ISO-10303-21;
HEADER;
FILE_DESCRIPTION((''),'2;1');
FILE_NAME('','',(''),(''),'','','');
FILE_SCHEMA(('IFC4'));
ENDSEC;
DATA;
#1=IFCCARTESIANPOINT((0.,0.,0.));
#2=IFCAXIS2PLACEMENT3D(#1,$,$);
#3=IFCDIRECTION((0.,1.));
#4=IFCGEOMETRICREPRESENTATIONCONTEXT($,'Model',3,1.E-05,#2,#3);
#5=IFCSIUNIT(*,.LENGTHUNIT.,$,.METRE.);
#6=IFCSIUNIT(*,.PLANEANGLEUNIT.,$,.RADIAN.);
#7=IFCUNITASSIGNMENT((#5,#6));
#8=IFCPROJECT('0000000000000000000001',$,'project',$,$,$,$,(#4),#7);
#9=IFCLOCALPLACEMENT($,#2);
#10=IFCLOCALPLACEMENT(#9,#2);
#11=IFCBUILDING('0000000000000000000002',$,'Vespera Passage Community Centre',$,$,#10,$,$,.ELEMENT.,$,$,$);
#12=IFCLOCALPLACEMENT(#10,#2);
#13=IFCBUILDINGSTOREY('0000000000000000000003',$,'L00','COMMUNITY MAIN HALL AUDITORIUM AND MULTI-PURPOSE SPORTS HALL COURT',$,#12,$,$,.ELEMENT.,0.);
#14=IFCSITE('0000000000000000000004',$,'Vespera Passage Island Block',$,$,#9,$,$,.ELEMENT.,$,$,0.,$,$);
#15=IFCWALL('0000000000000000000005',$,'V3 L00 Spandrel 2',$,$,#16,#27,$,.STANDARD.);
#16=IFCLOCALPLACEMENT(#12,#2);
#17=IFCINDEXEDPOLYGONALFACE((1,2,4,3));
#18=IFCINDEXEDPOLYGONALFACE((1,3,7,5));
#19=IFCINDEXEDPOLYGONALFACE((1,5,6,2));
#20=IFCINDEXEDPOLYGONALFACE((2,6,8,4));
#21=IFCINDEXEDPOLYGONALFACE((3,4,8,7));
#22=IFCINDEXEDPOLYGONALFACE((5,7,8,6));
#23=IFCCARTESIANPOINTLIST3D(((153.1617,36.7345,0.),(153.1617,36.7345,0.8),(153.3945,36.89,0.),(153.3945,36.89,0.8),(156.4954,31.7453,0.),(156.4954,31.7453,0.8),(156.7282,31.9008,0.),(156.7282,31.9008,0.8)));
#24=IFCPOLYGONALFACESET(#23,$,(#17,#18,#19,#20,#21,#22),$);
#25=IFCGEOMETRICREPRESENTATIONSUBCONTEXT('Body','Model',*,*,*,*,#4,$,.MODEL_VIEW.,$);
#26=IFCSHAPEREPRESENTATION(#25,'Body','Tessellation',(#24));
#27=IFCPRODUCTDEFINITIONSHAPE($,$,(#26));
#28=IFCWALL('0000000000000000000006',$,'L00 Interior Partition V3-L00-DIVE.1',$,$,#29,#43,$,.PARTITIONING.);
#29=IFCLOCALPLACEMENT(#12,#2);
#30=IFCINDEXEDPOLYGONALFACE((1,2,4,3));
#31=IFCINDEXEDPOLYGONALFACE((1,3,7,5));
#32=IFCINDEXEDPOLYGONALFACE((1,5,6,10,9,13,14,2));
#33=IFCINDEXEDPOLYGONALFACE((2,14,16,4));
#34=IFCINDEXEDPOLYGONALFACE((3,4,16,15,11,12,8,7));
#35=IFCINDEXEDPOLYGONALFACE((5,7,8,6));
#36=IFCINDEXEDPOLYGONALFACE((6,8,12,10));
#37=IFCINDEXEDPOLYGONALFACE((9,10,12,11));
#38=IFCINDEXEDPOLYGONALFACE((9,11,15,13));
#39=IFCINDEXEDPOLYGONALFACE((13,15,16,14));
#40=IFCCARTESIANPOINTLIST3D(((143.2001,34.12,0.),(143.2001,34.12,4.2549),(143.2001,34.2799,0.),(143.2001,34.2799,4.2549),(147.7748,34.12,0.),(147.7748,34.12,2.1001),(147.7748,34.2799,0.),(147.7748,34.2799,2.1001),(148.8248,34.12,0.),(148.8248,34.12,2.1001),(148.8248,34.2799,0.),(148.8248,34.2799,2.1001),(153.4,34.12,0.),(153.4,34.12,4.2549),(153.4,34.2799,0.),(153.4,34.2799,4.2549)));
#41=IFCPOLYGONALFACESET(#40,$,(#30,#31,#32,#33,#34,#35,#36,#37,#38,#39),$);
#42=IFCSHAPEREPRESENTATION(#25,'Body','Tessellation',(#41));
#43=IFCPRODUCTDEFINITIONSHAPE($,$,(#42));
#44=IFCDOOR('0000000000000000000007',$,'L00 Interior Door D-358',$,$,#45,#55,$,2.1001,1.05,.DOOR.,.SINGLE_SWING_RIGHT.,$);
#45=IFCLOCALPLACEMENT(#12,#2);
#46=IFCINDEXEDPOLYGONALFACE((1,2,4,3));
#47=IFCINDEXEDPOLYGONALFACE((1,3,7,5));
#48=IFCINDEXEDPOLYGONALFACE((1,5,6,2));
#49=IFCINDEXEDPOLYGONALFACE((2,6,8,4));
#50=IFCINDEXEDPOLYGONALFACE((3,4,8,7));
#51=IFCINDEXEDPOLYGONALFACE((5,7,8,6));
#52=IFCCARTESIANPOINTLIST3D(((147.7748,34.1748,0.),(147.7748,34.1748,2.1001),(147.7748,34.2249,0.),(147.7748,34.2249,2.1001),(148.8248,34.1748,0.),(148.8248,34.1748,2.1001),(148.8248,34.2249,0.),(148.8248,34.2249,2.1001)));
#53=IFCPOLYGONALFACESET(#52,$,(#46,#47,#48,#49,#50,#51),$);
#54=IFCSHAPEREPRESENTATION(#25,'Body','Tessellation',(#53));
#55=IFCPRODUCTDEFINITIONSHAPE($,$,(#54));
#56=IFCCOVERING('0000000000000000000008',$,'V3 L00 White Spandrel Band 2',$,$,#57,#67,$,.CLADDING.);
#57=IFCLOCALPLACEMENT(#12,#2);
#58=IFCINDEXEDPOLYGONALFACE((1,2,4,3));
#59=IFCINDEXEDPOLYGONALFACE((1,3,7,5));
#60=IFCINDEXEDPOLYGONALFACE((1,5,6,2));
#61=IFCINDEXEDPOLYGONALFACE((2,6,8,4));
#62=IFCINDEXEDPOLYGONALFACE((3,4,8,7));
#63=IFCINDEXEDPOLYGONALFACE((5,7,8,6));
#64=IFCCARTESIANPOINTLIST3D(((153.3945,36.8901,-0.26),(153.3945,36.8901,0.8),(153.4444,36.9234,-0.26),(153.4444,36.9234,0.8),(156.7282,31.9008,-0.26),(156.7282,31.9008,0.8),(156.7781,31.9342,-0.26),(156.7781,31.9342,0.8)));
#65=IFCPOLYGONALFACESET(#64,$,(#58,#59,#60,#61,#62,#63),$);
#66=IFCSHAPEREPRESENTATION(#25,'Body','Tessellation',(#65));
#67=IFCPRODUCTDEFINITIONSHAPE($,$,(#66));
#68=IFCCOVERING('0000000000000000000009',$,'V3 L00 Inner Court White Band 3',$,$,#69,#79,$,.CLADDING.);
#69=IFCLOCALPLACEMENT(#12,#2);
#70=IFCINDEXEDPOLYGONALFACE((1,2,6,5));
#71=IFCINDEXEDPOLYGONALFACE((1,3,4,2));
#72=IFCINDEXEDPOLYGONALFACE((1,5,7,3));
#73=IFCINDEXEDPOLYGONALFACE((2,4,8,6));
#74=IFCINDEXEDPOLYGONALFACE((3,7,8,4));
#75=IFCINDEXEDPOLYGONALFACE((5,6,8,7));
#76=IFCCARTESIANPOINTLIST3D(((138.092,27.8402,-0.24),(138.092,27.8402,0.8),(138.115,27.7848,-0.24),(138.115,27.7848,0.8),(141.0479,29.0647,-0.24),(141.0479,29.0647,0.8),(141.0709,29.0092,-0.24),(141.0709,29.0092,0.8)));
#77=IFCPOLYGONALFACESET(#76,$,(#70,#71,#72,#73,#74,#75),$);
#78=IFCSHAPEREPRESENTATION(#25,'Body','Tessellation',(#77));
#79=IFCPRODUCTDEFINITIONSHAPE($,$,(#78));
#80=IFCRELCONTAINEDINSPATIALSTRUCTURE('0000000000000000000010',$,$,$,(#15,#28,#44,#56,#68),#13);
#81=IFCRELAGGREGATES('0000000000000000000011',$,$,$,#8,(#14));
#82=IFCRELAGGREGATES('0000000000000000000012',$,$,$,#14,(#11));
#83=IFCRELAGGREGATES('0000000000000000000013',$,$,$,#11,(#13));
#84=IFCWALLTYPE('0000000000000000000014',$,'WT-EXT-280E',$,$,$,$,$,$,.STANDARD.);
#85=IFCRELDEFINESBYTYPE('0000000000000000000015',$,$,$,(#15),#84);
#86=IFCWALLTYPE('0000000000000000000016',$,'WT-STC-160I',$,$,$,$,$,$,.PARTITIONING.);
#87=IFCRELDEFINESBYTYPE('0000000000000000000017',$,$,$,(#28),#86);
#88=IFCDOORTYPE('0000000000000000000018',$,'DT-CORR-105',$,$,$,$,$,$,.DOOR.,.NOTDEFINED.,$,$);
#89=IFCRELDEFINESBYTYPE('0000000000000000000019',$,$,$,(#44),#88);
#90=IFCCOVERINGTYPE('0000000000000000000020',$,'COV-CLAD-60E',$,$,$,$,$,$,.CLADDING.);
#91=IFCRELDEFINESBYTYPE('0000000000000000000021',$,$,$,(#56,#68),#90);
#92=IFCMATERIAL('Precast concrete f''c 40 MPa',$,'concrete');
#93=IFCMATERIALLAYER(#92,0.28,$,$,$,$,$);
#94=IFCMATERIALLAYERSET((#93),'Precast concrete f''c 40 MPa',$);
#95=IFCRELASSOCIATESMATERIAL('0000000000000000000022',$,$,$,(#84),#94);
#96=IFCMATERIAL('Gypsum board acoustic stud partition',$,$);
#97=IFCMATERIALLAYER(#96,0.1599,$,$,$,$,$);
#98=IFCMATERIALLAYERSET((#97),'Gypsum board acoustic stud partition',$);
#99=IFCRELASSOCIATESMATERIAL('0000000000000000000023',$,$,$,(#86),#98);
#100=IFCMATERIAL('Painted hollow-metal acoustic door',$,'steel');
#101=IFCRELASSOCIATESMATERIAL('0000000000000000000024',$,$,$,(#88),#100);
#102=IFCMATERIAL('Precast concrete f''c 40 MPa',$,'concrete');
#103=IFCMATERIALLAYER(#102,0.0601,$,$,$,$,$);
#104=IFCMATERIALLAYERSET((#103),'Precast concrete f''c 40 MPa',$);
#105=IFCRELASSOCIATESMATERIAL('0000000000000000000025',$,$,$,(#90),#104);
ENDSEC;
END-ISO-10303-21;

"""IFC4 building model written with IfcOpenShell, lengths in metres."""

from ifc_helpers import new_model, si_unit, direction, frame, frame_2d, origin, place, context, subcontext, project, spatial, rectangle, extrude, material, layer, layer_set, type_object, element, fill, save


model = new_model("IFC4")

# Units and contexts
model_context = context("Model", 3, precision=1e-05, world=origin(), true_north=direction((0.0, 1.0)))
body_context = subcontext(model_context, "Body", "Model", "MODEL_VIEW")
ifc_project = project(units=[si_unit("LENGTHUNIT", "METRE"), si_unit("PLANEANGLEUNIT", "RADIAN")], contexts=[model_context])

# Site, building, storey
site_placement = place(None, origin())
site = spatial("IfcSite", under=ifc_project, at=site_placement, Name="Vespera Passage Island Block", CompositionType="ELEMENT", RefElevation=0.0)
building_placement = place(site_placement, origin())
building = spatial("IfcBuilding", under=site, at=building_placement, Name="Vespera Passage Community Centre", CompositionType="ELEMENT")
storey_placement = place(building_placement, origin())
storey = spatial("IfcBuildingStorey", under=building, at=storey_placement, Name="L00", Description="COMMUNITY MAIN HALL AUDITORIUM AND MULTI-PURPOSE SPORTS HALL COURT", CompositionType="ELEMENT", Elevation=0.0)

# Wall
ifc_material_1 = material(Name="Precast concrete f'c 40 MPa", Category="concrete")
ifc_layer_1 = layer(ifc_material_1, 0.28)
ifc_layer_set_1 = layer_set([ifc_layer_1], Name="Precast concrete f'c 40 MPa")
wall_type_1 = type_object("IfcWallType", Name="WT-EXT-280E", PredefinedType="STANDARD", material=ifc_layer_set_1)
wall_1_placement = place(storey_placement, frame((153.2781, 36.8123, 0.0), z_axis=(0.0, 0.0, 1.0), x_axis=(0.555573, -0.831468, 0.0)))
element("IfcWall", 1, at=wall_1_placement, inside=storey, type_object=wall_type_1, Name="V3 L00 Spandrel 2", PredefinedType="STANDARD", context=body_context, shape_type="SweptSolid", body=[
    extrude(rectangle(XDim=6.0005, YDim=0.28, at=frame_2d((3.0002, 0.0))), origin(), (0.0, 0.0, 1.0), 0.8),
])

# Wall, opening, door
ifc_material_2 = material(Name="Gypsum board acoustic stud partition")
ifc_layer_2 = layer(ifc_material_2, 0.1599)
ifc_layer_set_2 = layer_set([ifc_layer_2], Name="Gypsum board acoustic stud partition")
wall_type_2 = type_object("IfcWallType", Name="WT-STC-160I", PredefinedType="PARTITIONING", material=ifc_layer_set_2)
wall_2_placement = place(storey_placement, frame((143.2, 34.2, 0.0), z_axis=(0.0, 0.0, 1.0), x_axis=(1.0, 0.0, 0.0)))
wall_2 = element("IfcWall", 2, at=wall_2_placement, inside=storey, type_object=wall_type_2, Name="L00 Interior Partition V3-L00-DIVE.1", PredefinedType="PARTITIONING", context=body_context, shape_type="SweptSolid", body=[
    extrude(rectangle(XDim=10.2, YDim=0.1599, at=frame_2d((5.1001, 0.0))), origin(), (0.0, 0.0, 1.0), 4.2549),
])
opening_placement = place(wall_2_placement, frame((4.575, 0.0, 0.0)))
opening = element("IfcOpeningElement", 3, at=opening_placement, cuts=wall_2, PredefinedType="OPENING", context=body_context, shape_type="SweptSolid", body=[
    extrude(rectangle(XDim=1.05, YDim=2.1001, at=frame_2d((0.5249, 1.05))), frame((0.0, 0.0901, 0.0), z_axis=(0.0, -1.0, 0.0), x_axis=(1.0, 0.0, 0.0)), (0.0, 0.0, 1.0), 0.1799),
])
ifc_material_3 = material(Name="Painted hollow-metal acoustic door", Category="steel")
door_type = type_object("IfcDoorType", Name="DT-CORR-105", OperationType="NOTDEFINED", PredefinedType="DOOR", material=ifc_material_3)
door_placement = place(opening_placement, origin())
door = element("IfcDoor", 4, at=door_placement, inside=storey, type_object=door_type, Name="L00 Interior Door D-358", OperationType="SINGLE_SWING_RIGHT", OverallHeight=2.1001, OverallWidth=1.05, PredefinedType="DOOR", context=body_context, shape_type="SweptSolid", body=[
    extrude(rectangle(XDim=1.05, YDim=2.1001, at=frame_2d((0.5249, 1.05))), frame((0.0, 0.0249, 0.0), z_axis=(0.0, -1.0, 0.0), x_axis=(1.0, 0.0, 0.0)), (0.0, 0.0, 1.0), 0.05),
])
fill(opening, door)

# Coverings
ifc_material_4 = material(Name="Precast concrete f'c 40 MPa", Category="concrete")
ifc_layer_3 = layer(ifc_material_4, 0.0601)
ifc_layer_set_3 = layer_set([ifc_layer_3], Name="Precast concrete f'c 40 MPa")
covering_type = type_object("IfcCoveringType", Name="COV-CLAD-60E", PredefinedType="CLADDING", material=ifc_layer_set_3)
covering_1_placement = place(storey_placement, frame((153.4194, 36.9067, -0.26), z_axis=(0.0, 0.0, 1.0), x_axis=(0.555573, -0.831468, 0.0)))
element("IfcCovering", 5, at=covering_1_placement, inside=storey, type_object=covering_type, Name="V3 L00 White Spandrel Band 2", PredefinedType="CLADDING", context=body_context, shape_type="SweptSolid", body=[
    extrude(rectangle(XDim=6.0005, YDim=0.0601, at=frame_2d((3.0002, 0.0))), origin(), (0.0, 0.0, 1.0), 1.0601),
])
covering_2_placement = place(storey_placement, frame((141.0593, 29.0369, -0.24), z_axis=(0.0, 0.0, 1.0), x_axis=(-0.923876, -0.382691, 0.0)))
element("IfcCovering", 6, at=covering_2_placement, inside=storey, type_object=covering_type, Name="V3 L00 Inner Court White Band 3", PredefinedType="CLADDING", context=body_context, shape_type="SweptSolid", body=[
    extrude(rectangle(XDim=3.1995, YDim=0.0601, at=frame_2d((1.5996, 0.0))), origin(), (0.0, 0.0, 1.0), 1.04),
])

save(model, "model.ifc")
